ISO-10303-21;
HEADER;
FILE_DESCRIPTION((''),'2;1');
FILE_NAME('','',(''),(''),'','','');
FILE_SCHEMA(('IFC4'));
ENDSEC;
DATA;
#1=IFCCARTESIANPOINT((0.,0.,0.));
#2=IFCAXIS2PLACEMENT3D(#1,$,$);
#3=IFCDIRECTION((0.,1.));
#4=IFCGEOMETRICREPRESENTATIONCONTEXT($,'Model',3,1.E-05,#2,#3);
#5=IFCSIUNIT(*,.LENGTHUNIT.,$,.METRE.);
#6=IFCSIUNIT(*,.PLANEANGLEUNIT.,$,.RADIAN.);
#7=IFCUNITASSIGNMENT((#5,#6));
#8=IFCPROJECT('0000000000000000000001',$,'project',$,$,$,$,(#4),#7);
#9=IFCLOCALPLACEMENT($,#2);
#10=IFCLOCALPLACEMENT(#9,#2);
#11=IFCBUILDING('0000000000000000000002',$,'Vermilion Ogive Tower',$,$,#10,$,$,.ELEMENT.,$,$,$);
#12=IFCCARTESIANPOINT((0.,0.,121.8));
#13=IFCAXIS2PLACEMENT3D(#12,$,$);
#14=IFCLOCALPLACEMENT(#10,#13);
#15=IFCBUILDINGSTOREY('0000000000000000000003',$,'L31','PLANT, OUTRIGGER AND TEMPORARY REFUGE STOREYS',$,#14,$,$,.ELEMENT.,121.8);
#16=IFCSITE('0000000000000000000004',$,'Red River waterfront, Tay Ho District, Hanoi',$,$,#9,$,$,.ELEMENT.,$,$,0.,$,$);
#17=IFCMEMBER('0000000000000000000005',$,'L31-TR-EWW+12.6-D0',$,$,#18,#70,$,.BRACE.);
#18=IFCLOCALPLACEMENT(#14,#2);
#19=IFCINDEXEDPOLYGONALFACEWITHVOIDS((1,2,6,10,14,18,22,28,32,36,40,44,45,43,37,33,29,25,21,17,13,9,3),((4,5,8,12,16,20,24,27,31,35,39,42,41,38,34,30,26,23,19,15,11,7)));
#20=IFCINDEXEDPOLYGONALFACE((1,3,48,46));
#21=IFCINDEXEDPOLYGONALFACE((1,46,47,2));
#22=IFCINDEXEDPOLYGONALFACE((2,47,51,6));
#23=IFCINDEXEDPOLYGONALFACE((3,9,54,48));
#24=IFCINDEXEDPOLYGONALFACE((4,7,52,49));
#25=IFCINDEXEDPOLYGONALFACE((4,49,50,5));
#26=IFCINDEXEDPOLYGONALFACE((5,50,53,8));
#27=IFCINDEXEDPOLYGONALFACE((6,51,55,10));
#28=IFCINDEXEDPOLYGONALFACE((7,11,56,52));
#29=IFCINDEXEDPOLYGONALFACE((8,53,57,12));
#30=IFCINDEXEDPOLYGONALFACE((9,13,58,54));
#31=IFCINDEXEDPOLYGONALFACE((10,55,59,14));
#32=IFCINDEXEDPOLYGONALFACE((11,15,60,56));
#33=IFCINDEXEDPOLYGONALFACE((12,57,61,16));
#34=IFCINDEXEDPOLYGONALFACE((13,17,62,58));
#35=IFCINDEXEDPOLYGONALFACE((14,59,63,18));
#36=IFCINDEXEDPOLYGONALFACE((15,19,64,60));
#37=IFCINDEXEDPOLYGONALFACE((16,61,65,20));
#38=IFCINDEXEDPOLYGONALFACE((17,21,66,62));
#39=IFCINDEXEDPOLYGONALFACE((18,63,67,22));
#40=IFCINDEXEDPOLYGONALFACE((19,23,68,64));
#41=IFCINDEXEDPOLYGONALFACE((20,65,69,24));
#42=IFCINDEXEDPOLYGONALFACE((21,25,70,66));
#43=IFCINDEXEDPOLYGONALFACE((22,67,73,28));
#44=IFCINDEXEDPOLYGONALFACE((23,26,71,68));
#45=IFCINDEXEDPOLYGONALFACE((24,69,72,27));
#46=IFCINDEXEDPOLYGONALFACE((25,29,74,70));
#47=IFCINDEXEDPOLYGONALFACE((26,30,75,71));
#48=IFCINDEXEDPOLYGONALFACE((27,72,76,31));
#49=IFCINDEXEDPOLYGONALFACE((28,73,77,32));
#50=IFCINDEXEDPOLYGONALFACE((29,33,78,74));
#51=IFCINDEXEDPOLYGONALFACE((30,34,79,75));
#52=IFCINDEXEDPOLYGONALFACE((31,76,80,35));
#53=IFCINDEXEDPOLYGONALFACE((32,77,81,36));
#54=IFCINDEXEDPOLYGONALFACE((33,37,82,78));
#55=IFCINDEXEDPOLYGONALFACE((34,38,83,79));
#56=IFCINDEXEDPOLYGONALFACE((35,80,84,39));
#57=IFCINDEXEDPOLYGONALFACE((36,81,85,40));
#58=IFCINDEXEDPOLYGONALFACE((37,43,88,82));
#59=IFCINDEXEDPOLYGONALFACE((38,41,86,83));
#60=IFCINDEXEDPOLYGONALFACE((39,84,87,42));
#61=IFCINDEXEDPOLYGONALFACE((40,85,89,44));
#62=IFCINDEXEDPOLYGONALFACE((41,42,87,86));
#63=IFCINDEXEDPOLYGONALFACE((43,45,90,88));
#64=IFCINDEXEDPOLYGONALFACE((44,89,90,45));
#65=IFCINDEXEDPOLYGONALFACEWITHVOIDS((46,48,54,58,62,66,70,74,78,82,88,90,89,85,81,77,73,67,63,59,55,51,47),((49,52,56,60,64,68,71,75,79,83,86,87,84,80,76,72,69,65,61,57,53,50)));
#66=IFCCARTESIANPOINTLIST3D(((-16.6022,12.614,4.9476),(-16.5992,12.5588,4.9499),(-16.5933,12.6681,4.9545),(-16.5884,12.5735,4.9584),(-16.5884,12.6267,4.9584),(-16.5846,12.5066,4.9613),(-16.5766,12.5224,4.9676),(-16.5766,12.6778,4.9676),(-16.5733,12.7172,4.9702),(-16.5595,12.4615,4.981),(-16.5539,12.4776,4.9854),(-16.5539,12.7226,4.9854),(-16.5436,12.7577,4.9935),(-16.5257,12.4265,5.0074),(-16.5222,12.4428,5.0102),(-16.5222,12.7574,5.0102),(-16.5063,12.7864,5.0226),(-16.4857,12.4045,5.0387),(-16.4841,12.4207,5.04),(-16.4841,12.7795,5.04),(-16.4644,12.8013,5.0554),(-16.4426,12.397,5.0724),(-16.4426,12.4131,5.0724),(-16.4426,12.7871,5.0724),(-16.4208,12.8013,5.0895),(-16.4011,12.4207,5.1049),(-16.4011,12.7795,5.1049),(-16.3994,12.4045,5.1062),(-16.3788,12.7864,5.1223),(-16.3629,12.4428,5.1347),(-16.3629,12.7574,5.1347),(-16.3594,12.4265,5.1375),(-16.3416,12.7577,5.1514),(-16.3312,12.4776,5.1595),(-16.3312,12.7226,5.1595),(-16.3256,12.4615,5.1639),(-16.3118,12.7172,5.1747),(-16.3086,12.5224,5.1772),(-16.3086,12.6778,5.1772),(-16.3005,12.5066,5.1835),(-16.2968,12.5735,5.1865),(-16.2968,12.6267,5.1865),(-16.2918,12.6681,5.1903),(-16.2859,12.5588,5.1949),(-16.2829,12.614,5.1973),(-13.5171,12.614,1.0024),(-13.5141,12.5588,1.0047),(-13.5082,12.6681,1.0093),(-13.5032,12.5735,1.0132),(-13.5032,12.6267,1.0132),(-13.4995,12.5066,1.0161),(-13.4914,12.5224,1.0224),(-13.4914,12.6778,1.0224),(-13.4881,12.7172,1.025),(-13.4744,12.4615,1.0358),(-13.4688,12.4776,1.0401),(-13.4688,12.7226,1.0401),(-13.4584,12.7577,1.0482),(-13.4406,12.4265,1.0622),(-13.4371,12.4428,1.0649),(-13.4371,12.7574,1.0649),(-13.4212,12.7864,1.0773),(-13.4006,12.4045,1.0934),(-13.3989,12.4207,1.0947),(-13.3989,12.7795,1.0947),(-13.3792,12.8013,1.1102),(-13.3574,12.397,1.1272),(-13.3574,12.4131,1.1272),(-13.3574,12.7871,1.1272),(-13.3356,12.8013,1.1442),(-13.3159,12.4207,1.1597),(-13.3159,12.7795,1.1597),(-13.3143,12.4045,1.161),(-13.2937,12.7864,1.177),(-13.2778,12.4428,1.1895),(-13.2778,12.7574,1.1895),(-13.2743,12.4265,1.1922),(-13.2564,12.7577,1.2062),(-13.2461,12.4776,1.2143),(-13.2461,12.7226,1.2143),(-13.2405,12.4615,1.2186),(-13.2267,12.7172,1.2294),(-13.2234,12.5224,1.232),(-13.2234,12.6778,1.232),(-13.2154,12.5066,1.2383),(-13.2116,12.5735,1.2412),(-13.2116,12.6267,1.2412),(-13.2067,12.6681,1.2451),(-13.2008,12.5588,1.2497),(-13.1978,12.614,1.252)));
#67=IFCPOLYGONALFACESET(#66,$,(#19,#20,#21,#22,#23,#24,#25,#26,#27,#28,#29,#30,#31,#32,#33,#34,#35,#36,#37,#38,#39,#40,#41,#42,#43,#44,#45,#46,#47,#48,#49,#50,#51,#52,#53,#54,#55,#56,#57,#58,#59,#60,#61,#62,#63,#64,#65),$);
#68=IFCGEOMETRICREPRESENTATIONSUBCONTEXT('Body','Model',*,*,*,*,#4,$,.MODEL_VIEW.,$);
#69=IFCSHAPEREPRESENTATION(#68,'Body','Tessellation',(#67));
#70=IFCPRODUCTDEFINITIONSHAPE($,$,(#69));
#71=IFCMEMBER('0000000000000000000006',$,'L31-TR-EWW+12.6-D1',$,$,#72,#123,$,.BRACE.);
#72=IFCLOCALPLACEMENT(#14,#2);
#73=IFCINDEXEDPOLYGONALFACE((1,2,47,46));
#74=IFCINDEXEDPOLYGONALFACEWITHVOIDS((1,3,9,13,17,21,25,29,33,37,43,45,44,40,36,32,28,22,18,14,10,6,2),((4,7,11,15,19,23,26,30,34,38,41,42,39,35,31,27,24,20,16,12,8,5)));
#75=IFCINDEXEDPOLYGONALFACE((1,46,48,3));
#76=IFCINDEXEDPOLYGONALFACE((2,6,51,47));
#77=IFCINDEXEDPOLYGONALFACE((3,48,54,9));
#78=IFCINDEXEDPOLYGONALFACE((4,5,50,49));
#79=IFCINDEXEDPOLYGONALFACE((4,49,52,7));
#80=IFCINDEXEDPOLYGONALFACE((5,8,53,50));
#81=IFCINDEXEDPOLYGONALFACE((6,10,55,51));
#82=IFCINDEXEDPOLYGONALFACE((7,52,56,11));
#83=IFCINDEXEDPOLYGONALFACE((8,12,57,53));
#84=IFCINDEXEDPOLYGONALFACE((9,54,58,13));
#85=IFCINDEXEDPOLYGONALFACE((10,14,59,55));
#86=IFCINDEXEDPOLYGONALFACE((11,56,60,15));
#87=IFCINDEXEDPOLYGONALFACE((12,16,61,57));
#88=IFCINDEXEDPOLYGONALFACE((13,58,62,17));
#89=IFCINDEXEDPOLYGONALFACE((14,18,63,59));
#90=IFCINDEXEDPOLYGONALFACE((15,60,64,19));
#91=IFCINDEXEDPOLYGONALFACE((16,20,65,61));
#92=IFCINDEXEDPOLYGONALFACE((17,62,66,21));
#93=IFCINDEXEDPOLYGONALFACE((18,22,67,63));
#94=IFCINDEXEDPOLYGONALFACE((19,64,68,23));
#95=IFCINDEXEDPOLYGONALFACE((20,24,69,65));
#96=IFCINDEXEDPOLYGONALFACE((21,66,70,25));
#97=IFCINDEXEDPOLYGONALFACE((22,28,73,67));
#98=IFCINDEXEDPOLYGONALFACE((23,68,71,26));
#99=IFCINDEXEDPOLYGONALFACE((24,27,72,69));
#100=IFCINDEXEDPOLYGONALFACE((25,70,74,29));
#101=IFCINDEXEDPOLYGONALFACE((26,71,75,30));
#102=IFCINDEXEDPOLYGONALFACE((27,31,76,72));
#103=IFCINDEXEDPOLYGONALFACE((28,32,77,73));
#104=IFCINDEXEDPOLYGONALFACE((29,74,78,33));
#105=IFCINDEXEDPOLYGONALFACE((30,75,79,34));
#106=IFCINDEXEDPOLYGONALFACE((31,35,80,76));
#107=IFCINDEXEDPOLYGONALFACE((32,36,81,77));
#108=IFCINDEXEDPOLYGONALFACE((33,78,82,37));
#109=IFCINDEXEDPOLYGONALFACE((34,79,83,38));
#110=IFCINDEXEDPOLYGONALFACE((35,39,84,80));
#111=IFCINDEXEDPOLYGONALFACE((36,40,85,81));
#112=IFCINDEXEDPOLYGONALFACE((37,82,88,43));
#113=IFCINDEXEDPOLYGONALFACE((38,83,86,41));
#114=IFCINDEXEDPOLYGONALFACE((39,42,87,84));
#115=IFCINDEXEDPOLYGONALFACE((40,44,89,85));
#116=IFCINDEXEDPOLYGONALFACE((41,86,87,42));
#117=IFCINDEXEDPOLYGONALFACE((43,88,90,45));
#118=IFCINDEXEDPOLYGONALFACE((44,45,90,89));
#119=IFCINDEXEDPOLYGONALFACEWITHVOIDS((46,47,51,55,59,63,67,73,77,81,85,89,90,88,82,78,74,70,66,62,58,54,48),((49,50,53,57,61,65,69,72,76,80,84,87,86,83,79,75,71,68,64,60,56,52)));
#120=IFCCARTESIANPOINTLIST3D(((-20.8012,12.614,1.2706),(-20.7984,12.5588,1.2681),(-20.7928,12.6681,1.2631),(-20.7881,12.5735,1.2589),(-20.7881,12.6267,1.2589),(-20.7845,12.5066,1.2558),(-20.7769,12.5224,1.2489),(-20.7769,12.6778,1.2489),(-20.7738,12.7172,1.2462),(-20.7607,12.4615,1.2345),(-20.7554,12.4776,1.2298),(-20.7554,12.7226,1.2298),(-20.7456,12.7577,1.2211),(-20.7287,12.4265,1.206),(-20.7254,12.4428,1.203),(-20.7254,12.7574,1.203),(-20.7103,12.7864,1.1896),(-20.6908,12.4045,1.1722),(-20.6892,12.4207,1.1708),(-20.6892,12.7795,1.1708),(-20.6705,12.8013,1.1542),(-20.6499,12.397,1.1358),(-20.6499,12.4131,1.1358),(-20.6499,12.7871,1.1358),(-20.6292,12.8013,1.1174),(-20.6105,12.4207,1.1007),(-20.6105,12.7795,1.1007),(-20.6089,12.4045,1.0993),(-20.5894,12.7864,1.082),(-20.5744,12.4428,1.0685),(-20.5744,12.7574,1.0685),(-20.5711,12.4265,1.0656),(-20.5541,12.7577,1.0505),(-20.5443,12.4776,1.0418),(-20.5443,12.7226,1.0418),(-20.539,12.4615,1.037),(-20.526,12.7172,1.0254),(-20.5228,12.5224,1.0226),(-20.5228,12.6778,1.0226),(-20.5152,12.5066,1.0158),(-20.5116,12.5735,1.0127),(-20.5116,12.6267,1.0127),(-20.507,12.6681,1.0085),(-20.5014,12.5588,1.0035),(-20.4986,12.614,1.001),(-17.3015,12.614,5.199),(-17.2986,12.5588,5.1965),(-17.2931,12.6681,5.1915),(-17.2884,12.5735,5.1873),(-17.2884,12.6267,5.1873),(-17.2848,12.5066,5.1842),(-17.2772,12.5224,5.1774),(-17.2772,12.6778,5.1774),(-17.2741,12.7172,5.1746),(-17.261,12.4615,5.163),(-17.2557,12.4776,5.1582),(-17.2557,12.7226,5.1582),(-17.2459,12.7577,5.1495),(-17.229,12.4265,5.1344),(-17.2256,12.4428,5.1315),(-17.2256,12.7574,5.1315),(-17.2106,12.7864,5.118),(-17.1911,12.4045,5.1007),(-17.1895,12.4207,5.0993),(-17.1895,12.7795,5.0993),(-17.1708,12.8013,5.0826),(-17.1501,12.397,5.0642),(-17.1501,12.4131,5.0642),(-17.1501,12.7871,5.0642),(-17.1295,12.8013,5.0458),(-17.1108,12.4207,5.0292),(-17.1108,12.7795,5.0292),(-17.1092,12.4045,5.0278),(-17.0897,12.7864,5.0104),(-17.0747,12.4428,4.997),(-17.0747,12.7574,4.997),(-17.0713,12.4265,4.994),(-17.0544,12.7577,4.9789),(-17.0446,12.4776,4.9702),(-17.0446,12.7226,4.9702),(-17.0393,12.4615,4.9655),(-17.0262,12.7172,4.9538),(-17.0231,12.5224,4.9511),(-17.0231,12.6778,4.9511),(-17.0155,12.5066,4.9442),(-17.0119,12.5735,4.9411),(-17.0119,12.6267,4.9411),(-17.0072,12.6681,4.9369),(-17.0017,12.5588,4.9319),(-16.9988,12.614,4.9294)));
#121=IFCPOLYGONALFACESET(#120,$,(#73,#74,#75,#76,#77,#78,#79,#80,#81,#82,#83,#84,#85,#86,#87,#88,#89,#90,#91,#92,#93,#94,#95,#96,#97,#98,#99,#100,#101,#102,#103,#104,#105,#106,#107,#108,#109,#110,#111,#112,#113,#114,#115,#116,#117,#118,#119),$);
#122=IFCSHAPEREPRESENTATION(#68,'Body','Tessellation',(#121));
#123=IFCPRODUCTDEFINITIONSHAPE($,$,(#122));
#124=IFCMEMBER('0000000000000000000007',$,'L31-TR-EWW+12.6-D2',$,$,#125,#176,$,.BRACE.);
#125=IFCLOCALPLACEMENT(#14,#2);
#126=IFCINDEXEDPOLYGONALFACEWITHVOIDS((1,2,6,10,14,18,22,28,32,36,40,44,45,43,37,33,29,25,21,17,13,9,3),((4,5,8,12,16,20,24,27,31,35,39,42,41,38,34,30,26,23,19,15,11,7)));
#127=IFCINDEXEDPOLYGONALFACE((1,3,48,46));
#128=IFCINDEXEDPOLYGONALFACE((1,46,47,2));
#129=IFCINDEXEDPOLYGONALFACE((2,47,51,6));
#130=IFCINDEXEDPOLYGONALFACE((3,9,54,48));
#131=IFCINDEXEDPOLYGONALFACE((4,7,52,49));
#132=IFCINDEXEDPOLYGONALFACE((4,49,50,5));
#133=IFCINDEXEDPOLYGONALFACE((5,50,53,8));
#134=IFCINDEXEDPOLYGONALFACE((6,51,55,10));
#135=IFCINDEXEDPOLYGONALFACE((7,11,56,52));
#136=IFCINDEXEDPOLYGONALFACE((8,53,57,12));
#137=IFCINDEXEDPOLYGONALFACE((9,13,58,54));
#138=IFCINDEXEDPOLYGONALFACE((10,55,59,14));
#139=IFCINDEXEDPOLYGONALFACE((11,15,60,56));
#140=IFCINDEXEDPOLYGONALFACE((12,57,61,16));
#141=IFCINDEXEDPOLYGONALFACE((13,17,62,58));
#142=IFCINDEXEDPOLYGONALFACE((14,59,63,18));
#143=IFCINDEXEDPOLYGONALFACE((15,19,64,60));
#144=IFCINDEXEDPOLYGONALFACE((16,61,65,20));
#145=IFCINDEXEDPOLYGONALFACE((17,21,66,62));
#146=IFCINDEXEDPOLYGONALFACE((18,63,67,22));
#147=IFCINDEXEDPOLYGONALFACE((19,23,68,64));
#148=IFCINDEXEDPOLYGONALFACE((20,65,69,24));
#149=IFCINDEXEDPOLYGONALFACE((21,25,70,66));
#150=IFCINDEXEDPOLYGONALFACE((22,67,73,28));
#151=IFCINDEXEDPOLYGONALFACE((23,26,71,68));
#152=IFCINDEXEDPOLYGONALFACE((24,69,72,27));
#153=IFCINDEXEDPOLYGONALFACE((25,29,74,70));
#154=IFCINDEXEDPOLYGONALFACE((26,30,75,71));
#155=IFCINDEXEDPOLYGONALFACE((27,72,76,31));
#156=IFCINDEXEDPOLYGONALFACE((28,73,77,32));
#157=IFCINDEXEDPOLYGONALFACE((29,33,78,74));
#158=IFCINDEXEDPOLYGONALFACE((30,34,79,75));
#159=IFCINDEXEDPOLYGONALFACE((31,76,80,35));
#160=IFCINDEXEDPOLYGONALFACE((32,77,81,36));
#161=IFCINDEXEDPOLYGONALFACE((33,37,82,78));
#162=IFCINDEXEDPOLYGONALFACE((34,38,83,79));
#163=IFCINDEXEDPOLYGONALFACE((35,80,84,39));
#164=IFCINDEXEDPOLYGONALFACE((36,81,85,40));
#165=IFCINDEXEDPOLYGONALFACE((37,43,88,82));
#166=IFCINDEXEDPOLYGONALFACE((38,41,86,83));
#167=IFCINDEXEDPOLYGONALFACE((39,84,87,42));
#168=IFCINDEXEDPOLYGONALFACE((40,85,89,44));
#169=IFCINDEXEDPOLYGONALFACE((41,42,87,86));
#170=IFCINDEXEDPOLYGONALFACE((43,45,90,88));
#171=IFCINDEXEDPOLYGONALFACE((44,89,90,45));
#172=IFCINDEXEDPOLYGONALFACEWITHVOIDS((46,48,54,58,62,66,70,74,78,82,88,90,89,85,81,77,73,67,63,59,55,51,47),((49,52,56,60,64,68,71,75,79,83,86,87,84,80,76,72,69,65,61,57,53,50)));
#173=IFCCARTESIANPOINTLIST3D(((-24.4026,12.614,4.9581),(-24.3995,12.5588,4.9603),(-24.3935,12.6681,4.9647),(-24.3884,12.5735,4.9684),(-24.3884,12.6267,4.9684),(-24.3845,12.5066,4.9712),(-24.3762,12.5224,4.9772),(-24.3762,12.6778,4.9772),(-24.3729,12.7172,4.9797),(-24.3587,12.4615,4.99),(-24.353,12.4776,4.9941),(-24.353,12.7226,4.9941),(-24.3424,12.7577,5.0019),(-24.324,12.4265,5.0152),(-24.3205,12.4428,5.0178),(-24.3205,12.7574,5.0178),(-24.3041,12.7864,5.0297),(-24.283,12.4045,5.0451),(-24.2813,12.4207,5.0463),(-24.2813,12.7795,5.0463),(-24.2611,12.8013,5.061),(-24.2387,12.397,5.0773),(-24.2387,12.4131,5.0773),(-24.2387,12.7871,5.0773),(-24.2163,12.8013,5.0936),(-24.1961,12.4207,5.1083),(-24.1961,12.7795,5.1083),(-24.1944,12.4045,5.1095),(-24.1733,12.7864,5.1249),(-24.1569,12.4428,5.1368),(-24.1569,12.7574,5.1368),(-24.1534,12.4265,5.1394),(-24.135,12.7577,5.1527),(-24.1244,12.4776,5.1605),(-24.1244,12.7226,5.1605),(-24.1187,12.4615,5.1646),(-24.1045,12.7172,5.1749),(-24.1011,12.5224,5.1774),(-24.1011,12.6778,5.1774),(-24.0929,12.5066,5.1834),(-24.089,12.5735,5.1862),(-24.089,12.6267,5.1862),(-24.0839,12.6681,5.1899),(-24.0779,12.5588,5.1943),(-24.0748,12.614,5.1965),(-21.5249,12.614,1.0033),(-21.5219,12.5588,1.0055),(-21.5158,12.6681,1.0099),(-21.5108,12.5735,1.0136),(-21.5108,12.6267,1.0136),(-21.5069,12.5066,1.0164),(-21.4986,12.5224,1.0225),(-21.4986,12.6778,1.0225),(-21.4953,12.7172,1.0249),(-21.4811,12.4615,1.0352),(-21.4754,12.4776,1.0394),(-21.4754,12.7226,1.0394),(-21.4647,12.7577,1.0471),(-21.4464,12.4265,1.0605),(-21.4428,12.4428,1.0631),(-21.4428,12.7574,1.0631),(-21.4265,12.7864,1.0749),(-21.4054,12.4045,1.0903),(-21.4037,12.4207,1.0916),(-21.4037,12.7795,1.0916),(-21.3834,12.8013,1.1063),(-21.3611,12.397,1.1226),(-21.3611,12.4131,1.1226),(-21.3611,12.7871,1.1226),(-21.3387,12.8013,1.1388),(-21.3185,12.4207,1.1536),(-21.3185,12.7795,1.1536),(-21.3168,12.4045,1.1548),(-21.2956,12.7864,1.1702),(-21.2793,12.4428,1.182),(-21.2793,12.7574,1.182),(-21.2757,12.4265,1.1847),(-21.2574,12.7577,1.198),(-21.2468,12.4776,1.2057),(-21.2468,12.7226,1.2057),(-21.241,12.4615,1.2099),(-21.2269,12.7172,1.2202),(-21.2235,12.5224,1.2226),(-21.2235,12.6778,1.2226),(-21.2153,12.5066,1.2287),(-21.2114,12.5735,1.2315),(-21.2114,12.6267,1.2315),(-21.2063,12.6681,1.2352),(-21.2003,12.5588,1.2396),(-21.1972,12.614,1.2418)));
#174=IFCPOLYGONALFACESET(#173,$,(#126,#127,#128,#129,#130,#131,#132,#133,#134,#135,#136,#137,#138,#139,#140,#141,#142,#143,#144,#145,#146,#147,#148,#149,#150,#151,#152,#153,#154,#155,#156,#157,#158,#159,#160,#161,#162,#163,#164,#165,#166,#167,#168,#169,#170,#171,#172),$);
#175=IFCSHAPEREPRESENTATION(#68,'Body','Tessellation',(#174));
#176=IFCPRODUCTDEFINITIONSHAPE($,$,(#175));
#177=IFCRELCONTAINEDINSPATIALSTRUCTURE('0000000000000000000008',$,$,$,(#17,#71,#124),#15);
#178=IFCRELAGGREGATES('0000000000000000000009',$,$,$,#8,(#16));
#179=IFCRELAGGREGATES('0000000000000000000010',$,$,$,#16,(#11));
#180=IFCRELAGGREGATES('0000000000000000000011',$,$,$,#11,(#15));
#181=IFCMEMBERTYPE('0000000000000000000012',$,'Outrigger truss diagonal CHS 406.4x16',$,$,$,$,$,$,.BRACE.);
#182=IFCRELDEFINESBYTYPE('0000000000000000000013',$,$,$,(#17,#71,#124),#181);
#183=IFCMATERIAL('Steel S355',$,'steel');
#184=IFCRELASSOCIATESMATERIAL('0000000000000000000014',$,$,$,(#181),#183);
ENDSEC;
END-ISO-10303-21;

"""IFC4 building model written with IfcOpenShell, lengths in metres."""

from ifc_helpers import new_model, si_unit, direction, frame, origin, origin_2d, place, context, subcontext, project, spatial, hollow_circle, extrude, material, material_profile, profile_set, type_object, element, save


model = new_model("IFC4")

# Units and contexts
model_context = context("Model", 3, precision=1e-05, world=origin(), true_north=direction((0.0, 1.0)))
body_context = subcontext(model_context, "Body", "Model", "MODEL_VIEW")
ifc_project = project(units=[si_unit("LENGTHUNIT", "METRE"), si_unit("PLANEANGLEUNIT", "RADIAN")], contexts=[model_context])

# Site, building, storey
site_placement = place(None, origin())
site = spatial("IfcSite", under=ifc_project, at=site_placement, Name="Red River waterfront, Tay Ho District, Hanoi", CompositionType="ELEMENT", RefElevation=0.0)
building_placement = place(site_placement, origin())
building = spatial("IfcBuilding", under=site, at=building_placement, Name="Vermilion Ogive Tower", CompositionType="ELEMENT")
storey_placement = place(building_placement, frame((0.0, 0.0, 121.8)))
storey = spatial("IfcBuildingStorey", under=building, at=storey_placement, Name="L31", Description="PLANT, OUTRIGGER AND TEMPORARY REFUGE STOREYS", CompositionType="ELEMENT", Elevation=121.8)

# Members
ifc_material_1 = material(Name="Steel S355", Category="steel")
ifc_material_profile_1 = material_profile(ifc_material_1, hollow_circle(Radius=0.2031, WallThickness=0.0161, at=origin_2d()), Name="CHS 406.4x16")
ifc_profile_set_1 = profile_set([ifc_material_profile_1], Name="Steel S355")
member_type_1 = type_object("IfcMemberType", Name="Outrigger truss diagonal CHS 406.4x16", PredefinedType="BRACE", material=ifc_profile_set_1)
member_1_placement = place(storey_placement, frame((-13.3574, 12.6001, 1.1272), z_axis=(-0.616007, 0.0, 0.787741), x_axis=(0.0, -1.0, 0.0)))
element("IfcMember", 1, at=member_1_placement, inside=storey, type_object=member_type_1, Name="L31-TR-EWW+12.6-D0", PredefinedType="BRACE", context=body_context, shape_type="SweptSolid", body=[
    extrude(hollow_circle(Radius=0.2031, WallThickness=0.0161, at=origin_2d()), origin(), (0.0, 0.0, 1.0), 5.0083),
])
member_2_placement = place(storey_placement, frame((-17.1501, 12.6001, 5.0642), z_axis=(-0.66519, 0.0, -0.746674), x_axis=(0.0, -1.0, 0.0)))
element("IfcMember", 2, at=member_2_placement, inside=storey, type_object=member_type_1, Name="L31-TR-EWW+12.6-D1", PredefinedType="BRACE", context=body_context, shape_type="SweptSolid", body=[
    extrude(hollow_circle(Radius=0.2031, WallThickness=0.0161, at=origin_2d()), origin(), (0.0, 0.0, 1.0), 5.2612),
])
member_3_placement = place(storey_placement, frame((-21.3611, 12.6001, 1.1226), z_axis=(-0.588365, 0.0, 0.808596), x_axis=(0.0, -1.0, 0.0)))
element("IfcMember", 3, at=member_3_placement, inside=storey, type_object=member_type_1, Name="L31-TR-EWW+12.6-D2", PredefinedType="BRACE", context=body_context, shape_type="SweptSolid", body=[
    extrude(hollow_circle(Radius=0.2031, WallThickness=0.0161, at=origin_2d()), origin(), (0.0, 0.0, 1.0), 4.8909),
])

save(model, "model.ifc")
